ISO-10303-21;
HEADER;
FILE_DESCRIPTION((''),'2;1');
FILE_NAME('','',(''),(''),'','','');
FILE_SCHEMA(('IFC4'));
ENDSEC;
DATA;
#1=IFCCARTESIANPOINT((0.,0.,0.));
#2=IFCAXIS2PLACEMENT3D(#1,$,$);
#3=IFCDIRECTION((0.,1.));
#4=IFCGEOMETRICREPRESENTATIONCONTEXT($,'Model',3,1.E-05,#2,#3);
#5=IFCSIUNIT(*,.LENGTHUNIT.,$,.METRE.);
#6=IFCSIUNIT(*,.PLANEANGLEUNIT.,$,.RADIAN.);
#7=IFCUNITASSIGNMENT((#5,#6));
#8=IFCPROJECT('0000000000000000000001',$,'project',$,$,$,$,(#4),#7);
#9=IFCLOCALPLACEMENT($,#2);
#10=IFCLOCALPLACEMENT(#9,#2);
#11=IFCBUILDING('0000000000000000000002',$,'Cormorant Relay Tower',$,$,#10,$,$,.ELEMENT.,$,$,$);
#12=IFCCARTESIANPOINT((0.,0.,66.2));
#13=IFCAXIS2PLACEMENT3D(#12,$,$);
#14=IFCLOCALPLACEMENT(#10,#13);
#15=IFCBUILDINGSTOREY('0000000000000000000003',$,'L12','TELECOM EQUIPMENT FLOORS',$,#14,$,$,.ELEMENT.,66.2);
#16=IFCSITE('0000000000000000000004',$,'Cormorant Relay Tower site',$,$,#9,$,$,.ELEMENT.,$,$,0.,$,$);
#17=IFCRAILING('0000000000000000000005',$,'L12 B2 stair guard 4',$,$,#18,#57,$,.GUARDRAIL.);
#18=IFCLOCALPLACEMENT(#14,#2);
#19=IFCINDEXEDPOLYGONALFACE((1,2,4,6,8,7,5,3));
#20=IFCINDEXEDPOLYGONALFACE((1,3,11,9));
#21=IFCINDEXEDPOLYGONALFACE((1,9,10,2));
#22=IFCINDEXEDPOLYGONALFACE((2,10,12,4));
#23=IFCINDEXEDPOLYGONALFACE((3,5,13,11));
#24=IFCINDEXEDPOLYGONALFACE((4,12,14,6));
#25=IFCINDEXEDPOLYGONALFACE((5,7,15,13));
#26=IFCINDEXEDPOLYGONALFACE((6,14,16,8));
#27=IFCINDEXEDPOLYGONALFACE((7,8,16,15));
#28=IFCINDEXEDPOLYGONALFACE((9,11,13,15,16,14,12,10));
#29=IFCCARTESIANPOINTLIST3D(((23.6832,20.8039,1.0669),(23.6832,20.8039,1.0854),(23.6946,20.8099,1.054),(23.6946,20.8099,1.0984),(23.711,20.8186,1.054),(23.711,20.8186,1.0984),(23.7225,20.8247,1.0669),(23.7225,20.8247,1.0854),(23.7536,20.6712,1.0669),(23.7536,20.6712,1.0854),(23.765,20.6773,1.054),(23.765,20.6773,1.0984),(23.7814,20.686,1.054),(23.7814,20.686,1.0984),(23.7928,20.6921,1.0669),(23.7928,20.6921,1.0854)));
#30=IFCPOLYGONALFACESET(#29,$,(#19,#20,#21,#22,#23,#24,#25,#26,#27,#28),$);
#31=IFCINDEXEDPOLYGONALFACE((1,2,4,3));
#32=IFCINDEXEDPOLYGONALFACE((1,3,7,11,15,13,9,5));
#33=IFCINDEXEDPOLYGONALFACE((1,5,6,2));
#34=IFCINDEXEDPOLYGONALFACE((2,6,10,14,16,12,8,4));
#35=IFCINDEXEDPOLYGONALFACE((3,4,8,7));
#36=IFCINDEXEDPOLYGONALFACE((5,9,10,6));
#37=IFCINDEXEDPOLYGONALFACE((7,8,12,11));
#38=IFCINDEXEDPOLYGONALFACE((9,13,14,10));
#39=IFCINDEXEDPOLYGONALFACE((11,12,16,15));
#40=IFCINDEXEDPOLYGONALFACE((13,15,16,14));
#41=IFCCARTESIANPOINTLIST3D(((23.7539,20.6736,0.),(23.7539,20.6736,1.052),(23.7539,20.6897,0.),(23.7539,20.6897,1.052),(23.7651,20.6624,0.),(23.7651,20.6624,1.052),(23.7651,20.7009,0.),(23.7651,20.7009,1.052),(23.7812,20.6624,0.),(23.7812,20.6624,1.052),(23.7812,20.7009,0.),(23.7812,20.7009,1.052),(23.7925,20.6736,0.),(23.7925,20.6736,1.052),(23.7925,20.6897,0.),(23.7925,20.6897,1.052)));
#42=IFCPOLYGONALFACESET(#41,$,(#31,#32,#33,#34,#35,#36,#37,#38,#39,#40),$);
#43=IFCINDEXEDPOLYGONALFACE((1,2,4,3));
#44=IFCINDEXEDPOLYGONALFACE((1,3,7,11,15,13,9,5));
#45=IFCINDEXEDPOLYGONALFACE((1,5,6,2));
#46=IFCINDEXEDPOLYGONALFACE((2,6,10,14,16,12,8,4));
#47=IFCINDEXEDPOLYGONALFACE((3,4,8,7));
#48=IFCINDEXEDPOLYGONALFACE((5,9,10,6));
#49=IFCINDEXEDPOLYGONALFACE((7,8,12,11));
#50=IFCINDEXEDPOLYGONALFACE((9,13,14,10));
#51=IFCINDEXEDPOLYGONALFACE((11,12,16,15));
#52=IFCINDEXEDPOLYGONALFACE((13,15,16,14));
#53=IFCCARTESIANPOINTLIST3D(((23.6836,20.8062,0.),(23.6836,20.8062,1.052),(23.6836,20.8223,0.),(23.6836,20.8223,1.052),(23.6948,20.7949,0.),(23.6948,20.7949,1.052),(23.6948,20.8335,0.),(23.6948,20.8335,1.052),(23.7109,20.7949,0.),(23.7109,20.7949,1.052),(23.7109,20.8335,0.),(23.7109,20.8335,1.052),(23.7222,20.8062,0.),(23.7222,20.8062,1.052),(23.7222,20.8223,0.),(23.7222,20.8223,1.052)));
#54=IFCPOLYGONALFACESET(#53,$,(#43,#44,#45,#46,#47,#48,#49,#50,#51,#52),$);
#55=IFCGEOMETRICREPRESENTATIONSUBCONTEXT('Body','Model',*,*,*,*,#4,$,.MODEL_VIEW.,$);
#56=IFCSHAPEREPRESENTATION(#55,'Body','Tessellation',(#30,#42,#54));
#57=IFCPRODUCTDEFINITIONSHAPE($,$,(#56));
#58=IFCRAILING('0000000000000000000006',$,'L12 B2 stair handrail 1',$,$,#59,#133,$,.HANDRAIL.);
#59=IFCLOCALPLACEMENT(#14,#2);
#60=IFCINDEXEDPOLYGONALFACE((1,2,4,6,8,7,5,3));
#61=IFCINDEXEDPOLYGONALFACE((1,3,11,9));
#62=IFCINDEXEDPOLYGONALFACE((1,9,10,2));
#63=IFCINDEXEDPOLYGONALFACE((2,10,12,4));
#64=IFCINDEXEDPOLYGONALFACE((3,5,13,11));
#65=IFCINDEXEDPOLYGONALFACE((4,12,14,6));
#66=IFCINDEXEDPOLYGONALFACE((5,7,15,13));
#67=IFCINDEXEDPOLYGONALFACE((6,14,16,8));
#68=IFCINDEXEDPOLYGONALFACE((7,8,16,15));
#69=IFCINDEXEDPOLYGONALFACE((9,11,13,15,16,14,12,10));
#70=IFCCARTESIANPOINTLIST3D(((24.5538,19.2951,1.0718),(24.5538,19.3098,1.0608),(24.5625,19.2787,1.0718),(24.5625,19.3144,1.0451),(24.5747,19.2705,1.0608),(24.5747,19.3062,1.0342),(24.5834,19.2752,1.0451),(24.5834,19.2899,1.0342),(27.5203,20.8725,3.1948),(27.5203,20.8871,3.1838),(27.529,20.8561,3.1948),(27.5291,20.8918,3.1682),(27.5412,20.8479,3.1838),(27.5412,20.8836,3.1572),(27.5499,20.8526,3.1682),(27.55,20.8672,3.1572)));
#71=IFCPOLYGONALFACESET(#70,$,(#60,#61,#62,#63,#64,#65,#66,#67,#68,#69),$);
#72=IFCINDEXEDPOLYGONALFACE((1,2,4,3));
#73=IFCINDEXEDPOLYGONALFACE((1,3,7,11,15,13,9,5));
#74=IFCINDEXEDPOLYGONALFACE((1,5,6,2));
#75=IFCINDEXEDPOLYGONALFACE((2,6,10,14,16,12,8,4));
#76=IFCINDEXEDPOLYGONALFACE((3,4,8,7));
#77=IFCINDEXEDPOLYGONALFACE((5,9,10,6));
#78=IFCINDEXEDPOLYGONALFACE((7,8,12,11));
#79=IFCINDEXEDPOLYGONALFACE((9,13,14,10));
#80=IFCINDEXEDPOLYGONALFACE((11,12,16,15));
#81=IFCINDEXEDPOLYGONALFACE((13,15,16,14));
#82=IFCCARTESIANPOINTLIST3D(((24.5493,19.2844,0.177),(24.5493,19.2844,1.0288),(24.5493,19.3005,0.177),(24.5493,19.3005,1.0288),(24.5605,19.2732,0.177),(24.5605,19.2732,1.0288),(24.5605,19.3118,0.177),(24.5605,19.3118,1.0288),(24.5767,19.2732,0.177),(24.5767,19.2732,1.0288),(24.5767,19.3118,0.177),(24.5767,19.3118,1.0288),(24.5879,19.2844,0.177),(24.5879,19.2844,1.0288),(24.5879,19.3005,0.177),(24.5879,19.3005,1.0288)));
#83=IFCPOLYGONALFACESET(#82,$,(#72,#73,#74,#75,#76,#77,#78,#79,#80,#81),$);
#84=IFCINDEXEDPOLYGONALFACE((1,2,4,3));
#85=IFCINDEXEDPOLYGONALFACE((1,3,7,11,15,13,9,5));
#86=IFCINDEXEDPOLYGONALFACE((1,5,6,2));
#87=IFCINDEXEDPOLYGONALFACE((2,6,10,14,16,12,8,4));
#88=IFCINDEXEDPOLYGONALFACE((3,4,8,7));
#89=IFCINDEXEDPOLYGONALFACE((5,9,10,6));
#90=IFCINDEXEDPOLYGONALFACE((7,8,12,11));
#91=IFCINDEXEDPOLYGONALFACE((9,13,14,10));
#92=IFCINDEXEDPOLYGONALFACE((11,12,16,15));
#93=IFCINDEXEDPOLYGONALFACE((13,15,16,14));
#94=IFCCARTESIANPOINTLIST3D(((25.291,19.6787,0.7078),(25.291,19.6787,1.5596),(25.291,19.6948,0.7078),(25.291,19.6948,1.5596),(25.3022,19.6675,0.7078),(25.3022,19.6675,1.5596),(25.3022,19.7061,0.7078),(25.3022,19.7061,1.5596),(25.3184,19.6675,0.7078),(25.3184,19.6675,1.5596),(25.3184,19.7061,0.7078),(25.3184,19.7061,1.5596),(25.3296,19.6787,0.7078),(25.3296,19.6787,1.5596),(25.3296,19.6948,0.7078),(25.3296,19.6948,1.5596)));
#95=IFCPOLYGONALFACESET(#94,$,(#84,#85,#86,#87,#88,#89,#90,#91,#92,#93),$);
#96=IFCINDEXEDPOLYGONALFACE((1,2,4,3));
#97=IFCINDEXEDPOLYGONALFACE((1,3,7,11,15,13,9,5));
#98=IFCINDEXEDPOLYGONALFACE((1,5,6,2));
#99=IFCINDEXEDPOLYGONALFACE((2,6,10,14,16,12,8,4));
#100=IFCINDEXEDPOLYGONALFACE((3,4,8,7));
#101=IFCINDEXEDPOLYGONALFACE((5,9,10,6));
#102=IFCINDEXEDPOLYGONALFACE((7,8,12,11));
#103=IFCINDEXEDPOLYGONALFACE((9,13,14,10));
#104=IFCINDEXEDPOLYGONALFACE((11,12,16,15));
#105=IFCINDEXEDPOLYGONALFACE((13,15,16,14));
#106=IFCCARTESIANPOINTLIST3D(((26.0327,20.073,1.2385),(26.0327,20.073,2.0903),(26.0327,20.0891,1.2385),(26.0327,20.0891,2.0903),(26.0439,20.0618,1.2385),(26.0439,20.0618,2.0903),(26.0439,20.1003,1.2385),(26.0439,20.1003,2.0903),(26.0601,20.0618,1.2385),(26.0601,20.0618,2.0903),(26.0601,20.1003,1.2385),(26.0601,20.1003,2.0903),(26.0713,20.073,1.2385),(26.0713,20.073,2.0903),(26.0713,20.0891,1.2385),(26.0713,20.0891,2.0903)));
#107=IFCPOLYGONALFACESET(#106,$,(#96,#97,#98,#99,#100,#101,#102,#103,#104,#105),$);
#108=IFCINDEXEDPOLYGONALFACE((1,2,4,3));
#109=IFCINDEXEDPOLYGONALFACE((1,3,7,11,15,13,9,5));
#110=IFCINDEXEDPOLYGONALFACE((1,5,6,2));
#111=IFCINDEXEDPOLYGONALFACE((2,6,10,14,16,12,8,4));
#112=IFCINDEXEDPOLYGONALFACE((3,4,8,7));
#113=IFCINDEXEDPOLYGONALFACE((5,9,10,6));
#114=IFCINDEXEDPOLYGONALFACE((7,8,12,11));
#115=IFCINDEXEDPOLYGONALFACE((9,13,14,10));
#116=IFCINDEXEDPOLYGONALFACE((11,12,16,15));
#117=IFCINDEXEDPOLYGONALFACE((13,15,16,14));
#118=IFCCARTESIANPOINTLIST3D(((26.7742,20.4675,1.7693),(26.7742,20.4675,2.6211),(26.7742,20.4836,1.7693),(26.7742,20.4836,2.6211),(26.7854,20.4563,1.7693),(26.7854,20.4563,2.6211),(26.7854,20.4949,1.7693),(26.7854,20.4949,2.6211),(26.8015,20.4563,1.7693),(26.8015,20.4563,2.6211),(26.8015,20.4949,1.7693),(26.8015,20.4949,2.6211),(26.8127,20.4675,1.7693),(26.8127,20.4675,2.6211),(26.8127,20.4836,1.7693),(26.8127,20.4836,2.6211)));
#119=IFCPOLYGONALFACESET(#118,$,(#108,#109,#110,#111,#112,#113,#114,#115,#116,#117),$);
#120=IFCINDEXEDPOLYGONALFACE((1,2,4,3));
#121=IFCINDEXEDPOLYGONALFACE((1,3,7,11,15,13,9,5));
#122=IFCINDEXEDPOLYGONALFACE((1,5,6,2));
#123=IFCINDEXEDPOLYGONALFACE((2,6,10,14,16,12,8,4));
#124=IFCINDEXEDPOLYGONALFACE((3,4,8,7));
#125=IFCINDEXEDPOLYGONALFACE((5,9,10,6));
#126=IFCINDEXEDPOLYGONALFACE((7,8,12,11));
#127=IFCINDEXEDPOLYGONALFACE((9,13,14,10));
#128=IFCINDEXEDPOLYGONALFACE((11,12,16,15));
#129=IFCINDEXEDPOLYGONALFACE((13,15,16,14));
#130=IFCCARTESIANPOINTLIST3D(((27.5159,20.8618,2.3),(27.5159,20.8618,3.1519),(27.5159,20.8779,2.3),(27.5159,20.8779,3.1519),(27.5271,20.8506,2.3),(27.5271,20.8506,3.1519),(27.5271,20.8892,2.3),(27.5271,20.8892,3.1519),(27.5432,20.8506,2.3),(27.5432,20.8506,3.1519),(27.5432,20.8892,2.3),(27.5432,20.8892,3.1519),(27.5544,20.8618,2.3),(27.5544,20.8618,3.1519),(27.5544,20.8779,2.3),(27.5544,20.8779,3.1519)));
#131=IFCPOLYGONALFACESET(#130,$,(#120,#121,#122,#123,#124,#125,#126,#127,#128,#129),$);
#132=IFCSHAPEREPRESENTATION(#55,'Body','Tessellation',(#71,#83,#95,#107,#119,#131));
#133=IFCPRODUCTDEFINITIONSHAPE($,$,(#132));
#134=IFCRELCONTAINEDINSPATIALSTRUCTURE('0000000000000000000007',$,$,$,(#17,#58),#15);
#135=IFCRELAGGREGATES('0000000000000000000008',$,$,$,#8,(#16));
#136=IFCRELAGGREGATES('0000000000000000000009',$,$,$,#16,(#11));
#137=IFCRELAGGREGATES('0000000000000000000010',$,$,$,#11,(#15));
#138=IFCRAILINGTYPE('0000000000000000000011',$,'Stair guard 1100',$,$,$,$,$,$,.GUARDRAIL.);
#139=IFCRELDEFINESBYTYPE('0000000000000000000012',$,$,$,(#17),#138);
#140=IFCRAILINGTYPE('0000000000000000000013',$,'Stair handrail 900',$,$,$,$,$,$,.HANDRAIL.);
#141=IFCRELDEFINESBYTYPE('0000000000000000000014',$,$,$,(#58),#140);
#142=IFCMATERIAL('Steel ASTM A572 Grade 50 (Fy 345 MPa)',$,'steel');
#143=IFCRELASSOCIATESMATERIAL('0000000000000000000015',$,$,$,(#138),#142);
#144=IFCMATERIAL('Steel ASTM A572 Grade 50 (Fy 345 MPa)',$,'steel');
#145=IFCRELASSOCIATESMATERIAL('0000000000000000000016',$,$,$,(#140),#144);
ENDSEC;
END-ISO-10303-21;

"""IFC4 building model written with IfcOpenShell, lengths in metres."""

from ifc_helpers import new_model, si_unit, direction, frame, origin, place, context, subcontext, project, spatial, polyline, outline, extrude, material, type_object, element, save


model = new_model("IFC4")

# Units and contexts
model_context = context("Model", 3, precision=1e-05, world=origin(), true_north=direction((0.0, 1.0)))
body_context = subcontext(model_context, "Body", "Model", "MODEL_VIEW")
ifc_project = project(units=[si_unit("LENGTHUNIT", "METRE"), si_unit("PLANEANGLEUNIT", "RADIAN")], contexts=[model_context])

# Site, building, storey
site_placement = place(None, origin())
site = spatial("IfcSite", under=ifc_project, at=site_placement, Name="Cormorant Relay Tower site", CompositionType="ELEMENT", RefElevation=0.0)
building_placement = place(site_placement, origin())
building = spatial("IfcBuilding", under=site, at=building_placement, Name="Cormorant Relay Tower", CompositionType="ELEMENT")
storey_placement = place(building_placement, frame((0.0, 0.0, 66.2)))
storey = spatial("IfcBuildingStorey", under=building, at=storey_placement, Name="L12", Description="TELECOM EQUIPMENT FLOORS", CompositionType="ELEMENT", Elevation=66.2)

# Railings
ifc_material_1 = material(Name="Steel ASTM A572 Grade 50 (Fy 345 MPa)", Category="steel")
railing_type_1 = type_object("IfcRailingType", Name="Stair guard 1100", PredefinedType="GUARDRAIL", material=ifc_material_1)
railing_1_placement = place(storey_placement, frame((23.7732, 20.6816, 0.0)))
element("IfcRailing", 1, at=railing_1_placement, inside=storey, type_object=railing_type_1, Name="L12 B2 stair guard 4", PredefinedType="GUARDRAIL", context=body_context, shape_type="SweptSolid", body=[
    extrude(outline(polyline([(0.0222, 0.0093), (0.0093, 0.0222), (-0.0093, 0.0222), (-0.0222, 0.0093), (-0.0222, -0.0093), (-0.0093, -0.0222), (0.0093, -0.0222), (0.0222, -0.0093), (0.0222, 0.0093)])), frame((0.0, 0.0, 1.0762), z_axis=(-0.46856, 0.883431, 0.0), x_axis=(-0.883431, -0.46856, 0.0)), (0.0, 0.0, 1.0), 0.1501),
    extrude(outline(polyline([(0.0193, 0.0081), (0.0081, 0.0193), (-0.0081, 0.0193), (-0.0193, 0.0081), (-0.0193, -0.0081), (-0.0081, -0.0193), (0.0081, -0.0193), (0.0193, -0.0081), (0.0193, 0.0081)])), origin(), (0.0, 0.0, 1.0), 1.052),
    extrude(outline(polyline([(0.0193, 0.0081), (0.0081, 0.0193), (-0.0081, 0.0193), (-0.0193, 0.0081), (-0.0193, -0.0081), (-0.0081, -0.0193), (0.0081, -0.0193), (0.0193, -0.0081), (0.0193, 0.0081)])), frame((-0.0703, 0.1326, 0.0)), (0.0, 0.0, 1.0), 1.052),
])
ifc_material_2 = material(Name="Steel ASTM A572 Grade 50 (Fy 345 MPa)", Category="steel")
railing_type_2 = type_object("IfcRailingType", Name="Stair handrail 900", PredefinedType="HANDRAIL", material=ifc_material_2)
railing_2_placement = place(storey_placement, frame((24.5686, 19.2925, 0.177)))
element("IfcRailing", 2, at=railing_2_placement, inside=storey, type_object=railing_type_2, Name="L12 B2 stair handrail 1", PredefinedType="HANDRAIL", context=body_context, shape_type="SweptSolid", body=[
    extrude(outline(polyline([(0.0222, 0.0093), (0.0093, 0.0222), (-0.0093, 0.0222), (-0.0222, 0.0093), (-0.0222, -0.0093), (-0.0093, -0.0222), (0.0093, -0.0222), (0.0222, -0.0093), (0.0222, 0.0093)])), frame((0.0, 0.0, 0.876), z_axis=(0.746413, 0.396887, 0.534179), x_axis=(-0.469483, 0.882942, 0.0)), (0.0, 0.0, 1.0), 3.9744),
    extrude(outline(polyline([(0.0193, 0.0081), (0.0081, 0.0193), (-0.0081, 0.0193), (-0.0193, 0.0081), (-0.0193, -0.0081), (-0.0081, -0.0193), (0.0081, -0.0193), (0.0193, -0.0081), (0.0193, 0.0081)])), origin(), (0.0, 0.0, 1.0), 0.8518),
    extrude(outline(polyline([(0.0193, 0.0081), (0.0081, 0.0193), (-0.0081, 0.0193), (-0.0193, 0.0081), (-0.0193, -0.0081), (-0.0081, -0.0193), (0.0081, -0.0193), (0.0193, -0.0081), (0.0193, 0.0081)])), frame((0.7417, 0.3943, 0.5308)), (0.0, 0.0, 1.0), 0.8518),
    extrude(outline(polyline([(0.0193, 0.0081), (0.0081, 0.0193), (-0.0081, 0.0193), (-0.0193, 0.0081), (-0.0193, -0.0081), (-0.0081, -0.0193), (0.0081, -0.0193), (0.0193, -0.0081), (0.0193, 0.0081)])), frame((1.4834, 0.7886, 1.0615)), (0.0, 0.0, 1.0), 0.8518),
    extrude(outline(polyline([(0.0193, 0.0081), (0.0081, 0.0193), (-0.0081, 0.0193), (-0.0193, 0.0081), (-0.0193, -0.0081), (-0.0081, -0.0193), (0.0081, -0.0193), (0.0193, -0.0081), (0.0193, 0.0081)])), frame((2.2249, 1.1831, 1.5923)), (0.0, 0.0, 1.0), 0.8518),
    extrude(outline(polyline([(0.0193, 0.0081), (0.0081, 0.0193), (-0.0081, 0.0193), (-0.0193, 0.0081), (-0.0193, -0.0081), (-0.0081, -0.0193), (0.0081, -0.0193), (0.0193, -0.0081), (0.0193, 0.0081)])), frame((2.9666, 1.5774, 2.123)), (0.0, 0.0, 1.0), 0.8518),
])

save(model, "model.ifc")
